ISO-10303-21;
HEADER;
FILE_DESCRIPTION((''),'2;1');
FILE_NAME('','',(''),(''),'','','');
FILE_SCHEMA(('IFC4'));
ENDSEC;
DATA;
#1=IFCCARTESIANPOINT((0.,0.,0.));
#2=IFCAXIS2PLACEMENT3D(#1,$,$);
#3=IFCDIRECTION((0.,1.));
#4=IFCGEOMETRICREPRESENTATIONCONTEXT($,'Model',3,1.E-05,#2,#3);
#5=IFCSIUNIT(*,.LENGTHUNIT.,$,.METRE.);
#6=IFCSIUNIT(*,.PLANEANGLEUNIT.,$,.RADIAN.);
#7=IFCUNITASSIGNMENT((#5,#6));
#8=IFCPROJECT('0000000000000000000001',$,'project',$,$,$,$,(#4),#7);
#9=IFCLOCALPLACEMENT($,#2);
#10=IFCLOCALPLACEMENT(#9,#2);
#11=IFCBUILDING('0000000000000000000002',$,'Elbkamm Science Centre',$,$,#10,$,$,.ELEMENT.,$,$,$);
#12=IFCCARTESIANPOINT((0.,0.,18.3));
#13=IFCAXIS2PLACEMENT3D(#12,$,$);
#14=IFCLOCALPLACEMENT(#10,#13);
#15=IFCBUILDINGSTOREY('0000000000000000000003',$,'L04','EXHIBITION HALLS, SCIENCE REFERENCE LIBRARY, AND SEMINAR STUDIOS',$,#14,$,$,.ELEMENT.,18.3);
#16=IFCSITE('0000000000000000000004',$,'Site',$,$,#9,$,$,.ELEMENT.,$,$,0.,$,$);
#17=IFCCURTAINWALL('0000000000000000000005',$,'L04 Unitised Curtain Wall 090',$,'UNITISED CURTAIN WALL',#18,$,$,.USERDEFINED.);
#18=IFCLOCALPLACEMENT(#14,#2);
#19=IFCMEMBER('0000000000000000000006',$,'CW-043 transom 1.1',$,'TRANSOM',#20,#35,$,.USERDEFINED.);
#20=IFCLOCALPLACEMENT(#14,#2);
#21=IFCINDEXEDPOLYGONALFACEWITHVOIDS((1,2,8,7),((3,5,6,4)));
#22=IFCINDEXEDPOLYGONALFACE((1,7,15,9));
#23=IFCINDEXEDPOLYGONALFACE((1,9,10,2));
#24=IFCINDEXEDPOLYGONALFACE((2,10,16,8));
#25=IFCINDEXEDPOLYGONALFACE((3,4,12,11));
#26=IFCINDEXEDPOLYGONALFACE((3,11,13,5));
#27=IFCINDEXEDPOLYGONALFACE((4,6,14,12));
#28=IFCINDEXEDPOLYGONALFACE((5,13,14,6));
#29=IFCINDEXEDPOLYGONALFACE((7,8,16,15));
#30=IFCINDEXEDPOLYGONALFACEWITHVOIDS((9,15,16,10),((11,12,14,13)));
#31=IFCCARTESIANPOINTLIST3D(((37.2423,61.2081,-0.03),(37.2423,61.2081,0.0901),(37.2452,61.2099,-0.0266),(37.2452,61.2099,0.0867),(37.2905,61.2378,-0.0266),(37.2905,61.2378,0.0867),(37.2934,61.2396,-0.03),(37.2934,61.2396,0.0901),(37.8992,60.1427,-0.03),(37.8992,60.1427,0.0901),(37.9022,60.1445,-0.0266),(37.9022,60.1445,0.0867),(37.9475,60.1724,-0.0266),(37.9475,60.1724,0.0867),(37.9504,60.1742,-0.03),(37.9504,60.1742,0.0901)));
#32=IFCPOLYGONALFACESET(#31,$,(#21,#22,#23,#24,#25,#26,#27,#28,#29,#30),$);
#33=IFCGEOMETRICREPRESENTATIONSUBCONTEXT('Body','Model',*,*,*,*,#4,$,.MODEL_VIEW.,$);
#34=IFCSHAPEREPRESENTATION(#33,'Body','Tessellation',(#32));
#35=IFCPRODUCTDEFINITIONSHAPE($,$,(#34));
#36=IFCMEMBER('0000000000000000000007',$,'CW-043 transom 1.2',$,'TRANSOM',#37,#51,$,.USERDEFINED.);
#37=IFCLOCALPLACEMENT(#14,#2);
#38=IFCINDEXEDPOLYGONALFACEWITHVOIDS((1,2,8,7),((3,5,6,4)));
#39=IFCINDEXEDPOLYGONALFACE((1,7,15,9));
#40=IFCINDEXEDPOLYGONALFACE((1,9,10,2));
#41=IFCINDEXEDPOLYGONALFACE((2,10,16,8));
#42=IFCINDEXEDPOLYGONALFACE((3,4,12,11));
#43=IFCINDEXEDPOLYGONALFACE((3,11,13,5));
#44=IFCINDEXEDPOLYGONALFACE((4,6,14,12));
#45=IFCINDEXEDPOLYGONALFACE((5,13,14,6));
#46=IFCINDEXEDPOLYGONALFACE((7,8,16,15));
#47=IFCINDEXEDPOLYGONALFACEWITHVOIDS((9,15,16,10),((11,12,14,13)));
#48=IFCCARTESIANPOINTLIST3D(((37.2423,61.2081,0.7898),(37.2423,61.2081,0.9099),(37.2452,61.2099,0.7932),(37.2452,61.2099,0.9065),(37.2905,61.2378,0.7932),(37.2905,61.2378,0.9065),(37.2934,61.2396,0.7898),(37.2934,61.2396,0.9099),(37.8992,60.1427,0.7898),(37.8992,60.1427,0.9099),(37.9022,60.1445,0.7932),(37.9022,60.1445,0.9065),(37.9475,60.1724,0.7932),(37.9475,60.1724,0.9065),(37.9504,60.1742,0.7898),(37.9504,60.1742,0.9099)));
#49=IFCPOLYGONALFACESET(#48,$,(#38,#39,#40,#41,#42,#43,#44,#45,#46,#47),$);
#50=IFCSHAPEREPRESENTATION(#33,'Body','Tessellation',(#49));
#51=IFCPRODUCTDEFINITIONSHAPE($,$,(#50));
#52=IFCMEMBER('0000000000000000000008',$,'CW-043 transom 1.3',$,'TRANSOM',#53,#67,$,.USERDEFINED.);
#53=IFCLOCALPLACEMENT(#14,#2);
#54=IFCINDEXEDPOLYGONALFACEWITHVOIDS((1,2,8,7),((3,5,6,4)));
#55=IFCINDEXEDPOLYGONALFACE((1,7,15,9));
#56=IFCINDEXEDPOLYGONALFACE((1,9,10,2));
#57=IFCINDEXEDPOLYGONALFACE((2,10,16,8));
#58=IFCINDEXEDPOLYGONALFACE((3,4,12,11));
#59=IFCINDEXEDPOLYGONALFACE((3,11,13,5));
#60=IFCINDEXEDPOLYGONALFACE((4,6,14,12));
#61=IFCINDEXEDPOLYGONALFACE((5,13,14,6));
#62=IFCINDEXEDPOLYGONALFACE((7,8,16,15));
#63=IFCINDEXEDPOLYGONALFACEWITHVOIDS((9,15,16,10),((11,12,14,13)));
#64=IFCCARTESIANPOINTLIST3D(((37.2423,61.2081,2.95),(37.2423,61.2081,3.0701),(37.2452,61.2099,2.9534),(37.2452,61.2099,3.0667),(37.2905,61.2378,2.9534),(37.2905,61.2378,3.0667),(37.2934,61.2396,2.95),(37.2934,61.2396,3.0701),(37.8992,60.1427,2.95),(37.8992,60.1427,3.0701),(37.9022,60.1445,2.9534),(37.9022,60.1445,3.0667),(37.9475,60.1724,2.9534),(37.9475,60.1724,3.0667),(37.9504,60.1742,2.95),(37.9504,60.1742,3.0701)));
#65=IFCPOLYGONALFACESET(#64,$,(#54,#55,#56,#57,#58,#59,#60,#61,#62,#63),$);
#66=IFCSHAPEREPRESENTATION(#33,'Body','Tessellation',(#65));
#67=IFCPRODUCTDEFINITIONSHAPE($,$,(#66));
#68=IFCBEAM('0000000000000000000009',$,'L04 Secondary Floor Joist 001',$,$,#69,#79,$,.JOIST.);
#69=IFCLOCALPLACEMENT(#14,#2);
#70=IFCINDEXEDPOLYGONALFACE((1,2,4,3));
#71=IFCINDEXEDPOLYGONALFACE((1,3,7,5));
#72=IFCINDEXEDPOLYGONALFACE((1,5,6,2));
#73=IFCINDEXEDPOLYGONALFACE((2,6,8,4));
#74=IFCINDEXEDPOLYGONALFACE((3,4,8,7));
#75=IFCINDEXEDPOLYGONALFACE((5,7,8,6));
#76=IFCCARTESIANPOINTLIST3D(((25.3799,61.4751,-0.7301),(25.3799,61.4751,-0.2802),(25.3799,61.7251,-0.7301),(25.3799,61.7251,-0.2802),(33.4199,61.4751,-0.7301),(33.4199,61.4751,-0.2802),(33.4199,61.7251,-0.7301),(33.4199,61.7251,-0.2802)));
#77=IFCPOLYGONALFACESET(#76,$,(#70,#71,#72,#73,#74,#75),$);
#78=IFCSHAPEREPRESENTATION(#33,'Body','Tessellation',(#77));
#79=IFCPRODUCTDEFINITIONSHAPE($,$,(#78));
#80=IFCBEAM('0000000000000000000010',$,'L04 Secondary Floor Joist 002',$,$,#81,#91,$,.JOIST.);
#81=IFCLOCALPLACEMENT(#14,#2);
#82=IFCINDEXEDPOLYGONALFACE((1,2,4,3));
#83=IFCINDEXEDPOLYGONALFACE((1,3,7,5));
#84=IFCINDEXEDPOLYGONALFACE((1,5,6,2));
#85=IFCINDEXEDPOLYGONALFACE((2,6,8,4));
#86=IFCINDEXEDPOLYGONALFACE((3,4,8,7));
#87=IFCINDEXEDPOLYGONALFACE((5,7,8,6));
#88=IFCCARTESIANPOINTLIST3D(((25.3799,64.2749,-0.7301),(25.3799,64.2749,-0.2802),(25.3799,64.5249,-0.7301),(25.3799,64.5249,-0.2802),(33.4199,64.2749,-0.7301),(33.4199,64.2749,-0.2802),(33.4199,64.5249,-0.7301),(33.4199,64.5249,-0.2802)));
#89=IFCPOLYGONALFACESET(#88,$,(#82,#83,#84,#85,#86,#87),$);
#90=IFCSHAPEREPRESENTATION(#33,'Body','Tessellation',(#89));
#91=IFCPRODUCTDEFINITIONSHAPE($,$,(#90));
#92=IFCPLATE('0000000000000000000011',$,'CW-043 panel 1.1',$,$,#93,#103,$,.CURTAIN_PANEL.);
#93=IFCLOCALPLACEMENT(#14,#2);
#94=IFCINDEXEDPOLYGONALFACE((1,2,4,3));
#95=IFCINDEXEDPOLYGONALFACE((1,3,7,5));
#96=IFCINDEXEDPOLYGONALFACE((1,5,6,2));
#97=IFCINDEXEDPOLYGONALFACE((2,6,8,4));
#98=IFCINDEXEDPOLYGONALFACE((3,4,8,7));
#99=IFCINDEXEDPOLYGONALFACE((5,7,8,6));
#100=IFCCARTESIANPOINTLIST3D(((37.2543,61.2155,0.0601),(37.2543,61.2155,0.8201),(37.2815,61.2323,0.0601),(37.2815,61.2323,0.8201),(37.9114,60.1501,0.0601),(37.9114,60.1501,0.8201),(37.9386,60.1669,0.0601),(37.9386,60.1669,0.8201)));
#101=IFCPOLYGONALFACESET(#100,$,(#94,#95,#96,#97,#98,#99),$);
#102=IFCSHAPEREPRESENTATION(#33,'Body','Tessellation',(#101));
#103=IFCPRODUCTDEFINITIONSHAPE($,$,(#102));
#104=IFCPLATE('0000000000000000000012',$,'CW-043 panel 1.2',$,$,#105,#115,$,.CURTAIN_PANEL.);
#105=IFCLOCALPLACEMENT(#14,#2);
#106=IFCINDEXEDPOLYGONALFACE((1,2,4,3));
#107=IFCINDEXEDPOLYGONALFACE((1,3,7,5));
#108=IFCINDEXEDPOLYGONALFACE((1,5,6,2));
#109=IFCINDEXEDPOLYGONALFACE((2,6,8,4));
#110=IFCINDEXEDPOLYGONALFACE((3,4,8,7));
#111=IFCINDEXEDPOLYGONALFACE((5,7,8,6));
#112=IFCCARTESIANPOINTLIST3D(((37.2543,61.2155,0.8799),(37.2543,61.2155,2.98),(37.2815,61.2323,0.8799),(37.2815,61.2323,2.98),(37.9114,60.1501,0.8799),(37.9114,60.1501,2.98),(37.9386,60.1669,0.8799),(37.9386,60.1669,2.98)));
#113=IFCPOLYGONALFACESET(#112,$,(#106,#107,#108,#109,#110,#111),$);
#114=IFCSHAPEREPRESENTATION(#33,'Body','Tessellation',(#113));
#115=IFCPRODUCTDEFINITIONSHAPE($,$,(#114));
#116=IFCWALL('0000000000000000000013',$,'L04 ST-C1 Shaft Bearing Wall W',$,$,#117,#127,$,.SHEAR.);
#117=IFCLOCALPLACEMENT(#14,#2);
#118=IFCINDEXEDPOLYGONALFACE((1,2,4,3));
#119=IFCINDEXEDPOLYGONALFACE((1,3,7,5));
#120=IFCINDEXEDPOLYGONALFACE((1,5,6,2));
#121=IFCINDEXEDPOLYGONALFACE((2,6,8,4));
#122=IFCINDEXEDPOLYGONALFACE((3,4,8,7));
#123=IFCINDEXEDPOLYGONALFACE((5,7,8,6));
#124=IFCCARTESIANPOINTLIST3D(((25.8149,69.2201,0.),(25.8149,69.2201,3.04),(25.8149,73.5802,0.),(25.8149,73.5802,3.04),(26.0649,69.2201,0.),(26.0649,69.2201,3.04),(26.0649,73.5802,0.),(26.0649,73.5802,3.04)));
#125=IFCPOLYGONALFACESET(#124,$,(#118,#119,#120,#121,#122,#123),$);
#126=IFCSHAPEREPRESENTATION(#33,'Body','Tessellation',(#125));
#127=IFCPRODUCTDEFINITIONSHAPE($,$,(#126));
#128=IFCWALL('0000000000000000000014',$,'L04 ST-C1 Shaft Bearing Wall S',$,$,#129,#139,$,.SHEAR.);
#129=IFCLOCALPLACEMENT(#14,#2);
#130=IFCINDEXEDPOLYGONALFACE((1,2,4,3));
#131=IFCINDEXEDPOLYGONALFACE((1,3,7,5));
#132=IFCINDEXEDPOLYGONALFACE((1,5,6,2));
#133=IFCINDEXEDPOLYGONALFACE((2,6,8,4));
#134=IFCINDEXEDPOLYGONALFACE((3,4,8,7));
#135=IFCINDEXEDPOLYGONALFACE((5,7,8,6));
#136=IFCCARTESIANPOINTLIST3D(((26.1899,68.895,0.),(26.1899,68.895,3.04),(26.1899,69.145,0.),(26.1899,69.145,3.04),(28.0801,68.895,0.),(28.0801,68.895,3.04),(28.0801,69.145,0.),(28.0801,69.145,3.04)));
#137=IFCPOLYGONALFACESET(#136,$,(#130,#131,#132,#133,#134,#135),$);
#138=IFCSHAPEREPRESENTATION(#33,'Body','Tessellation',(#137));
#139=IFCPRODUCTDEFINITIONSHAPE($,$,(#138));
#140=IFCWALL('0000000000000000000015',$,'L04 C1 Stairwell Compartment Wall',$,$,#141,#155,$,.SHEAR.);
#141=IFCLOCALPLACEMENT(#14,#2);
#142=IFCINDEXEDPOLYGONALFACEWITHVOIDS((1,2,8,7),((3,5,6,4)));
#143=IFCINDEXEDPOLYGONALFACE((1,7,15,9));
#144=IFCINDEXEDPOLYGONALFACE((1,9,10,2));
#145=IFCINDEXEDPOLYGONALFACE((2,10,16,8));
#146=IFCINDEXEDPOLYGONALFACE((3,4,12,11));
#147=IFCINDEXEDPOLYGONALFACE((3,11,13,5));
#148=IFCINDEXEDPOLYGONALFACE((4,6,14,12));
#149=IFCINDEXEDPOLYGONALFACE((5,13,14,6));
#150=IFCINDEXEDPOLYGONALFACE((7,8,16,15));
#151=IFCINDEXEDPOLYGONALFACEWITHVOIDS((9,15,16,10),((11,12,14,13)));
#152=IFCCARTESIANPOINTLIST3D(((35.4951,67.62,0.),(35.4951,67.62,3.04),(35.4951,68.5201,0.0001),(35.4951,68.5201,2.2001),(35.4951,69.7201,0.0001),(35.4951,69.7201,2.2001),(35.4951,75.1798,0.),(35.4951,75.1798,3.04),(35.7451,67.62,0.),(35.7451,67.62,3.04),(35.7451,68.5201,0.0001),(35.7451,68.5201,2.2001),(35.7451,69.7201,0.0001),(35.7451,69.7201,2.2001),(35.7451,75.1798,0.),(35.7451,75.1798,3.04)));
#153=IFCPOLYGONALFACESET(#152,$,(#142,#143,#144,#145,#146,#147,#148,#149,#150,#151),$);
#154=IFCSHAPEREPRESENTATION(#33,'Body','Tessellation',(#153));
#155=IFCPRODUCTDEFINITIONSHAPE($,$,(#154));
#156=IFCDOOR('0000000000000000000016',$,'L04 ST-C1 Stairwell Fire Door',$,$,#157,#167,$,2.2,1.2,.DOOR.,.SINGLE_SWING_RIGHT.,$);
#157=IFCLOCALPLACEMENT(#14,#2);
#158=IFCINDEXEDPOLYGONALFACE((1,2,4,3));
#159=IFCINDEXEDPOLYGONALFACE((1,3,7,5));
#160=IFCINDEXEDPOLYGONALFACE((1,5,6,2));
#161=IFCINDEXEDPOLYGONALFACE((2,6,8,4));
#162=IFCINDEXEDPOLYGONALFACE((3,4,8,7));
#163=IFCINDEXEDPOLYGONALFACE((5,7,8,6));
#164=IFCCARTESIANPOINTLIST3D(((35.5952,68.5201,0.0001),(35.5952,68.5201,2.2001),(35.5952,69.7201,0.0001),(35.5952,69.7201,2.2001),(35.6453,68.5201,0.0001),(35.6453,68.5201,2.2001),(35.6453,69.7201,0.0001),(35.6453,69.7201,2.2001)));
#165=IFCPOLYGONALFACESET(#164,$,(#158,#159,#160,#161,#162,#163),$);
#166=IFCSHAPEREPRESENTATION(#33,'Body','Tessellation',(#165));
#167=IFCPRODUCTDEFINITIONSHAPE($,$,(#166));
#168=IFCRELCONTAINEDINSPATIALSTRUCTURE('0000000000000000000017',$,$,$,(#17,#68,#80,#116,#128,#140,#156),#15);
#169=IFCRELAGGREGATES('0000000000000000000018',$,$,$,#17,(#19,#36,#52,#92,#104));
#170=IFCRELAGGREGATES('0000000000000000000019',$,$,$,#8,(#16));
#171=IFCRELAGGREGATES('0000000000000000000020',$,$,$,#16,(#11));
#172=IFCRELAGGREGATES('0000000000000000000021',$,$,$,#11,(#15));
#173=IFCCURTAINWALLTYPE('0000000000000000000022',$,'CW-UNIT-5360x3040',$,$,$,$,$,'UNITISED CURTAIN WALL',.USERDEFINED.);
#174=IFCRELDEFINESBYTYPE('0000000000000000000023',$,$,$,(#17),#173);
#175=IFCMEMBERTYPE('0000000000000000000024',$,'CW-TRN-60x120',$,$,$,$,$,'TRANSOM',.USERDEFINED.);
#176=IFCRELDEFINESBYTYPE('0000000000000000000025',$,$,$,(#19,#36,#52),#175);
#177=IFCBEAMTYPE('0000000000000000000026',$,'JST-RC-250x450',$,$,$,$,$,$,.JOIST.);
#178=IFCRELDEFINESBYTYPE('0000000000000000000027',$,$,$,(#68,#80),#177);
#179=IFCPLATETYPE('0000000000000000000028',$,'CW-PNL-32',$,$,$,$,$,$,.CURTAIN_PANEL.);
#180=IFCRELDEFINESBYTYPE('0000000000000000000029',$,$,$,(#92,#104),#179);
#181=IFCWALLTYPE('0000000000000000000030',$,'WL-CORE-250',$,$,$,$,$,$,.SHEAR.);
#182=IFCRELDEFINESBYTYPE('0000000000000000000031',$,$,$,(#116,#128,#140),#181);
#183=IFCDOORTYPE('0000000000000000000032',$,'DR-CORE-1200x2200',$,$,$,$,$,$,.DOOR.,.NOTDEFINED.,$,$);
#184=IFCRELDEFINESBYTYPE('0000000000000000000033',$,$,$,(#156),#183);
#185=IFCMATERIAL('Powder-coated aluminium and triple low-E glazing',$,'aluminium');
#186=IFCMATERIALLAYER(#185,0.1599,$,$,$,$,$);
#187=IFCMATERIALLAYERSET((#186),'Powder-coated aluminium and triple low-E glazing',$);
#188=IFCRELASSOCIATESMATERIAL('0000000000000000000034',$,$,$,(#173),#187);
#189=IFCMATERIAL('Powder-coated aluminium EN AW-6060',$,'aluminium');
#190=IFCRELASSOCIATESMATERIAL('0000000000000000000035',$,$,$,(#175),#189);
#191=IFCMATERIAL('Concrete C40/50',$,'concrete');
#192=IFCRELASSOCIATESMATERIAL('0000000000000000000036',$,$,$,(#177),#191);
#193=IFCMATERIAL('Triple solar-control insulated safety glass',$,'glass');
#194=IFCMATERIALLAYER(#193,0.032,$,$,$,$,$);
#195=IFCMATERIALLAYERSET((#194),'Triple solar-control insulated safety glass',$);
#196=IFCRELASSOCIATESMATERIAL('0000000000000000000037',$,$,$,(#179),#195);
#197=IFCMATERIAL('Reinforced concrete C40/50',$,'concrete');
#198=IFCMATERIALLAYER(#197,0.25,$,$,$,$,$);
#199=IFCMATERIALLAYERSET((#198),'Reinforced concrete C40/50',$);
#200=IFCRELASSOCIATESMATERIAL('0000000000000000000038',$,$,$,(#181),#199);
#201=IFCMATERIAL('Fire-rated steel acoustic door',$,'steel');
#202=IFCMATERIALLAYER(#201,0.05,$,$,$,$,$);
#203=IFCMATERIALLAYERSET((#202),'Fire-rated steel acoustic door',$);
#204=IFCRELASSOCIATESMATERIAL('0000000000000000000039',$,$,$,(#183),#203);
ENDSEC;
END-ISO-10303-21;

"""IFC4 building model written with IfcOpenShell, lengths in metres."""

from ifc_helpers import new_model, si_unit, direction, frame, frame_2d, origin, origin_2d, place, context, subcontext, project, spatial, rectangle, hollow_rectangle, extrude, material, layer, layer_set, material_profile, profile_set, type_object, element, fill, aggregate, save


model = new_model("IFC4")

# Units and contexts
model_context = context("Model", 3, precision=1e-05, world=origin(), true_north=direction((0.0, 1.0)))
body_context = subcontext(model_context, "Body", "Model", "MODEL_VIEW")
ifc_project = project(units=[si_unit("LENGTHUNIT", "METRE"), si_unit("PLANEANGLEUNIT", "RADIAN")], contexts=[model_context])

# Site, building, storey
site_placement = place(None, origin())
site = spatial("IfcSite", under=ifc_project, at=site_placement, Name="Site", CompositionType="ELEMENT", RefElevation=0.0)
building_placement = place(site_placement, origin())
building = spatial("IfcBuilding", under=site, at=building_placement, Name="Elbkamm Science Centre", CompositionType="ELEMENT")
storey_placement = place(building_placement, frame((0.0, 0.0, 18.3)))
storey = spatial("IfcBuildingStorey", under=building, at=storey_placement, Name="L04", Description="EXHIBITION HALLS, SCIENCE REFERENCE LIBRARY, AND SEMINAR STUDIOS", CompositionType="ELEMENT", Elevation=18.3)

# Shared definitions
ifc_material_1 = material(Name="Concrete C40/50", Category="concrete")

# Curtain wall, members
ifc_material_2 = material(Name="Powder-coated aluminium and triple low-E glazing", Category="aluminium")
ifc_layer_1 = layer(ifc_material_2, 0.1599)
ifc_layer_set_1 = layer_set([ifc_layer_1], Name="Powder-coated aluminium and triple low-E glazing")
curtain_wall_type = type_object("IfcCurtainWallType", Name="CW-UNIT-5360x3040", ElementType="UNITISED CURTAIN WALL", PredefinedType="USERDEFINED", material=ifc_layer_set_1)
curtain_wall_placement = place(storey_placement, origin())
curtain_wall = element("IfcCurtainWall", 1, at=curtain_wall_placement, inside=storey, type_object=curtain_wall_type, Name="L04 Unitised Curtain Wall 090", ObjectType="UNITISED CURTAIN WALL", PredefinedType="USERDEFINED")
ifc_material_3 = material(Name="Powder-coated aluminium EN AW-6060", Category="aluminium")
ifc_material_profile_1 = material_profile(ifc_material_3, hollow_rectangle(XDim=0.0601, YDim=0.1201, WallThickness=0.0034, at=origin_2d()), Name="ALU T60x120")
ifc_profile_set_1 = profile_set([ifc_material_profile_1], Name="Powder-coated aluminium EN AW-6060")
member_type_1 = type_object("IfcMemberType", Name="CW-TRN-60x120", ElementType="TRANSOM", PredefinedType="USERDEFINED", material=ifc_profile_set_1)
member_1_placement = place(storey_placement, frame((37.2678, 61.2239, 0.03), z_axis=(0.52487, -0.851182, 0.0), x_axis=(0.851182, 0.52487, 0.0)))
member_1 = element("IfcMember", 2, at=member_1_placement, type_object=member_type_1, Name="CW-043 transom 1.1", ObjectType="TRANSOM", PredefinedType="USERDEFINED", context=body_context, shape_type="SweptSolid", body=[
    extrude(hollow_rectangle(XDim=0.0601, YDim=0.1201, WallThickness=0.0034, at=origin_2d()), origin(), (0.0, 0.0, 1.0), 1.2517),
])
member_2_placement = place(storey_placement, frame((37.2678, 61.2239, 0.8499), z_axis=(0.52487, -0.851182, 0.0), x_axis=(0.851182, 0.52487, 0.0)))
member_2 = element("IfcMember", 3, at=member_2_placement, type_object=member_type_1, Name="CW-043 transom 1.2", ObjectType="TRANSOM", PredefinedType="USERDEFINED", context=body_context, shape_type="SweptSolid", body=[
    extrude(hollow_rectangle(XDim=0.0601, YDim=0.1201, WallThickness=0.0034, at=origin_2d()), origin(), (0.0, 0.0, 1.0), 1.2517),
])
member_3_placement = place(storey_placement, frame((37.2678, 61.2239, 3.01), z_axis=(0.52487, -0.851182, 0.0), x_axis=(0.851182, 0.52487, 0.0)))
member_3 = element("IfcMember", 4, at=member_3_placement, type_object=member_type_1, Name="CW-043 transom 1.3", ObjectType="TRANSOM", PredefinedType="USERDEFINED", context=body_context, shape_type="SweptSolid", body=[
    extrude(hollow_rectangle(XDim=0.0601, YDim=0.1201, WallThickness=0.0034, at=origin_2d()), origin(), (0.0, 0.0, 1.0), 1.2517),
])

# Beams
ifc_material_profile_2 = material_profile(ifc_material_1, rectangle(XDim=0.25, YDim=0.45, at=origin_2d()), Name="RC 250x450")
ifc_profile_set_2 = profile_set([ifc_material_profile_2], Name="Concrete C40/50")
beam_type_1 = type_object("IfcBeamType", Name="JST-RC-250x450", PredefinedType="JOIST", material=ifc_profile_set_2)
for number, where, z_axis, x_axis, name in (
    (5, (25.3799, 61.6001, -0.5051), (1.0, 0.0, 0.0), (0.0, 1.0, 0.0), "L04 Secondary Floor Joist 001"),
    (6, (25.3799, 64.3999, -0.5051), (1.0, 0.0, 0.0), (0.0, 1.0, 0.0), "L04 Secondary Floor Joist 002"),
):
    element("IfcBeam", number, at=place(storey_placement, frame(where, z_axis=z_axis, x_axis=x_axis)), inside=storey, type_object=beam_type_1, Name=name, PredefinedType="JOIST", context=body_context, shape_type="SweptSolid", body=[
        extrude(rectangle(XDim=0.25, YDim=0.45, at=origin_2d()), origin(), (0.0, 0.0, 1.0), 8.04),
    ])

# Plates
ifc_material_4 = material(Name="Triple solar-control insulated safety glass", Category="glass")
ifc_layer_2 = layer(ifc_material_4, 0.032)
ifc_layer_set_2 = layer_set([ifc_layer_2], Name="Triple solar-control insulated safety glass")
plate_type = type_object("IfcPlateType", Name="CW-PNL-32", PredefinedType="CURTAIN_PANEL", material=ifc_layer_set_2)
plate_1_placement = place(storey_placement, frame((37.5964, 60.6912, 0.0601), z_axis=(0.0, 0.0, 1.0), x_axis=(0.524927, -0.851147, 0.0)))
plate_1 = element("IfcPlate", 7, at=plate_1_placement, type_object=plate_type, Name="CW-043 panel 1.1", PredefinedType="CURTAIN_PANEL", context=body_context, shape_type="SweptSolid", body=[
    extrude(rectangle(XDim=1.2517, YDim=0.032, at=origin_2d()), origin(), (0.0, 0.0, 1.0), 0.76),
])
plate_2_placement = place(storey_placement, frame((37.5964, 60.6912, 0.8799), z_axis=(0.0, 0.0, 1.0), x_axis=(0.524927, -0.851147, 0.0)))
plate_2 = element("IfcPlate", 8, at=plate_2_placement, type_object=plate_type, Name="CW-043 panel 1.2", PredefinedType="CURTAIN_PANEL", context=body_context, shape_type="SweptSolid", body=[
    extrude(rectangle(XDim=1.2517, YDim=0.032, at=origin_2d()), origin(), (0.0, 0.0, 1.0), 2.1001),
])
aggregate(curtain_wall, [member_1, member_2, member_3, plate_1, plate_2])

# Walls
ifc_material_5 = material(Name="Reinforced concrete C40/50", Category="concrete")
ifc_layer_3 = layer(ifc_material_5, 0.25)
ifc_layer_set_3 = layer_set([ifc_layer_3], Name="Reinforced concrete C40/50")
wall_type_1 = type_object("IfcWallType", Name="WL-CORE-250", PredefinedType="SHEAR", material=ifc_layer_set_3)
wall_1_placement = place(storey_placement, frame((25.9399, 69.22, 0.0), z_axis=(0.0, 0.0, 1.0), x_axis=(0.0, 1.0, 0.0)))
element("IfcWall", 9, at=wall_1_placement, inside=storey, type_object=wall_type_1, Name="L04 ST-C1 Shaft Bearing Wall W", PredefinedType="SHEAR", context=body_context, shape_type="SweptSolid", body=[
    extrude(rectangle(XDim=4.3601, YDim=0.25, at=frame_2d((2.1802, 0.0))), origin(), (0.0, 0.0, 1.0), 3.04),
])
wall_2_placement = place(storey_placement, frame((26.1899, 69.02, 0.0), z_axis=(0.0, 0.0, 1.0), x_axis=(1.0, 0.0, 0.0)))
element("IfcWall", 10, at=wall_2_placement, inside=storey, type_object=wall_type_1, Name="L04 ST-C1 Shaft Bearing Wall S", PredefinedType="SHEAR", context=body_context, shape_type="SweptSolid", body=[
    extrude(rectangle(XDim=1.8901, YDim=0.25, at=frame_2d((0.9451, 0.0))), origin(), (0.0, 0.0, 1.0), 3.04),
])

# Wall, opening, door
wall_3_placement = place(storey_placement, frame((35.6201, 67.6201, 0.0), z_axis=(0.0, 0.0, 1.0), x_axis=(0.0, 1.0, 0.0)))
wall_3 = element("IfcWall", 11, at=wall_3_placement, inside=storey, type_object=wall_type_1, Name="L04 C1 Stairwell Compartment Wall", PredefinedType="SHEAR", context=body_context, shape_type="SweptSolid", body=[
    extrude(rectangle(XDim=7.5598, YDim=0.25, at=frame_2d((3.7798, 0.0))), origin(), (0.0, 0.0, 1.0), 3.04),
])
opening_1_placement = place(wall_3_placement, frame((0.8999, 0.0, 0.0)))
opening_1 = element("IfcOpeningElement", 12, at=opening_1_placement, cuts=wall_3, PredefinedType="OPENING", context=body_context, shape_type="SweptSolid", body=[
    extrude(rectangle(XDim=1.2, YDim=2.2, at=frame_2d((0.6001, 1.1001))), frame((0.0, 0.137, 0.0), z_axis=(0.0, -1.0, 0.0), x_axis=(1.0, 0.0, 0.0)), (0.0, 0.0, 1.0), 0.2739),
])
ifc_material_6 = material(Name="Fire-rated steel acoustic door", Category="steel")
ifc_layer_4 = layer(ifc_material_6, 0.05)
ifc_layer_set_4 = layer_set([ifc_layer_4], Name="Fire-rated steel acoustic door")
door_type_1 = type_object("IfcDoorType", Name="DR-CORE-1200x2200", OperationType="NOTDEFINED", PredefinedType="DOOR", material=ifc_layer_set_4)
door_1_placement = place(opening_1_placement, origin())
door_1 = element("IfcDoor", 13, at=door_1_placement, inside=storey, type_object=door_type_1, Name="L04 ST-C1 Stairwell Fire Door", OperationType="SINGLE_SWING_RIGHT", OverallHeight=2.2, OverallWidth=1.2, PredefinedType="DOOR", context=body_context, shape_type="SweptSolid", body=[
    extrude(rectangle(XDim=1.2, YDim=2.2, at=frame_2d((0.6001, 1.1001))), frame((0.0, 0.0249, 0.0), z_axis=(0.0, -1.0, 0.0), x_axis=(1.0, 0.0, 0.0)), (0.0, 0.0, 1.0), 0.05),
])
fill(opening_1, door_1)

save(model, "model.ifc")
